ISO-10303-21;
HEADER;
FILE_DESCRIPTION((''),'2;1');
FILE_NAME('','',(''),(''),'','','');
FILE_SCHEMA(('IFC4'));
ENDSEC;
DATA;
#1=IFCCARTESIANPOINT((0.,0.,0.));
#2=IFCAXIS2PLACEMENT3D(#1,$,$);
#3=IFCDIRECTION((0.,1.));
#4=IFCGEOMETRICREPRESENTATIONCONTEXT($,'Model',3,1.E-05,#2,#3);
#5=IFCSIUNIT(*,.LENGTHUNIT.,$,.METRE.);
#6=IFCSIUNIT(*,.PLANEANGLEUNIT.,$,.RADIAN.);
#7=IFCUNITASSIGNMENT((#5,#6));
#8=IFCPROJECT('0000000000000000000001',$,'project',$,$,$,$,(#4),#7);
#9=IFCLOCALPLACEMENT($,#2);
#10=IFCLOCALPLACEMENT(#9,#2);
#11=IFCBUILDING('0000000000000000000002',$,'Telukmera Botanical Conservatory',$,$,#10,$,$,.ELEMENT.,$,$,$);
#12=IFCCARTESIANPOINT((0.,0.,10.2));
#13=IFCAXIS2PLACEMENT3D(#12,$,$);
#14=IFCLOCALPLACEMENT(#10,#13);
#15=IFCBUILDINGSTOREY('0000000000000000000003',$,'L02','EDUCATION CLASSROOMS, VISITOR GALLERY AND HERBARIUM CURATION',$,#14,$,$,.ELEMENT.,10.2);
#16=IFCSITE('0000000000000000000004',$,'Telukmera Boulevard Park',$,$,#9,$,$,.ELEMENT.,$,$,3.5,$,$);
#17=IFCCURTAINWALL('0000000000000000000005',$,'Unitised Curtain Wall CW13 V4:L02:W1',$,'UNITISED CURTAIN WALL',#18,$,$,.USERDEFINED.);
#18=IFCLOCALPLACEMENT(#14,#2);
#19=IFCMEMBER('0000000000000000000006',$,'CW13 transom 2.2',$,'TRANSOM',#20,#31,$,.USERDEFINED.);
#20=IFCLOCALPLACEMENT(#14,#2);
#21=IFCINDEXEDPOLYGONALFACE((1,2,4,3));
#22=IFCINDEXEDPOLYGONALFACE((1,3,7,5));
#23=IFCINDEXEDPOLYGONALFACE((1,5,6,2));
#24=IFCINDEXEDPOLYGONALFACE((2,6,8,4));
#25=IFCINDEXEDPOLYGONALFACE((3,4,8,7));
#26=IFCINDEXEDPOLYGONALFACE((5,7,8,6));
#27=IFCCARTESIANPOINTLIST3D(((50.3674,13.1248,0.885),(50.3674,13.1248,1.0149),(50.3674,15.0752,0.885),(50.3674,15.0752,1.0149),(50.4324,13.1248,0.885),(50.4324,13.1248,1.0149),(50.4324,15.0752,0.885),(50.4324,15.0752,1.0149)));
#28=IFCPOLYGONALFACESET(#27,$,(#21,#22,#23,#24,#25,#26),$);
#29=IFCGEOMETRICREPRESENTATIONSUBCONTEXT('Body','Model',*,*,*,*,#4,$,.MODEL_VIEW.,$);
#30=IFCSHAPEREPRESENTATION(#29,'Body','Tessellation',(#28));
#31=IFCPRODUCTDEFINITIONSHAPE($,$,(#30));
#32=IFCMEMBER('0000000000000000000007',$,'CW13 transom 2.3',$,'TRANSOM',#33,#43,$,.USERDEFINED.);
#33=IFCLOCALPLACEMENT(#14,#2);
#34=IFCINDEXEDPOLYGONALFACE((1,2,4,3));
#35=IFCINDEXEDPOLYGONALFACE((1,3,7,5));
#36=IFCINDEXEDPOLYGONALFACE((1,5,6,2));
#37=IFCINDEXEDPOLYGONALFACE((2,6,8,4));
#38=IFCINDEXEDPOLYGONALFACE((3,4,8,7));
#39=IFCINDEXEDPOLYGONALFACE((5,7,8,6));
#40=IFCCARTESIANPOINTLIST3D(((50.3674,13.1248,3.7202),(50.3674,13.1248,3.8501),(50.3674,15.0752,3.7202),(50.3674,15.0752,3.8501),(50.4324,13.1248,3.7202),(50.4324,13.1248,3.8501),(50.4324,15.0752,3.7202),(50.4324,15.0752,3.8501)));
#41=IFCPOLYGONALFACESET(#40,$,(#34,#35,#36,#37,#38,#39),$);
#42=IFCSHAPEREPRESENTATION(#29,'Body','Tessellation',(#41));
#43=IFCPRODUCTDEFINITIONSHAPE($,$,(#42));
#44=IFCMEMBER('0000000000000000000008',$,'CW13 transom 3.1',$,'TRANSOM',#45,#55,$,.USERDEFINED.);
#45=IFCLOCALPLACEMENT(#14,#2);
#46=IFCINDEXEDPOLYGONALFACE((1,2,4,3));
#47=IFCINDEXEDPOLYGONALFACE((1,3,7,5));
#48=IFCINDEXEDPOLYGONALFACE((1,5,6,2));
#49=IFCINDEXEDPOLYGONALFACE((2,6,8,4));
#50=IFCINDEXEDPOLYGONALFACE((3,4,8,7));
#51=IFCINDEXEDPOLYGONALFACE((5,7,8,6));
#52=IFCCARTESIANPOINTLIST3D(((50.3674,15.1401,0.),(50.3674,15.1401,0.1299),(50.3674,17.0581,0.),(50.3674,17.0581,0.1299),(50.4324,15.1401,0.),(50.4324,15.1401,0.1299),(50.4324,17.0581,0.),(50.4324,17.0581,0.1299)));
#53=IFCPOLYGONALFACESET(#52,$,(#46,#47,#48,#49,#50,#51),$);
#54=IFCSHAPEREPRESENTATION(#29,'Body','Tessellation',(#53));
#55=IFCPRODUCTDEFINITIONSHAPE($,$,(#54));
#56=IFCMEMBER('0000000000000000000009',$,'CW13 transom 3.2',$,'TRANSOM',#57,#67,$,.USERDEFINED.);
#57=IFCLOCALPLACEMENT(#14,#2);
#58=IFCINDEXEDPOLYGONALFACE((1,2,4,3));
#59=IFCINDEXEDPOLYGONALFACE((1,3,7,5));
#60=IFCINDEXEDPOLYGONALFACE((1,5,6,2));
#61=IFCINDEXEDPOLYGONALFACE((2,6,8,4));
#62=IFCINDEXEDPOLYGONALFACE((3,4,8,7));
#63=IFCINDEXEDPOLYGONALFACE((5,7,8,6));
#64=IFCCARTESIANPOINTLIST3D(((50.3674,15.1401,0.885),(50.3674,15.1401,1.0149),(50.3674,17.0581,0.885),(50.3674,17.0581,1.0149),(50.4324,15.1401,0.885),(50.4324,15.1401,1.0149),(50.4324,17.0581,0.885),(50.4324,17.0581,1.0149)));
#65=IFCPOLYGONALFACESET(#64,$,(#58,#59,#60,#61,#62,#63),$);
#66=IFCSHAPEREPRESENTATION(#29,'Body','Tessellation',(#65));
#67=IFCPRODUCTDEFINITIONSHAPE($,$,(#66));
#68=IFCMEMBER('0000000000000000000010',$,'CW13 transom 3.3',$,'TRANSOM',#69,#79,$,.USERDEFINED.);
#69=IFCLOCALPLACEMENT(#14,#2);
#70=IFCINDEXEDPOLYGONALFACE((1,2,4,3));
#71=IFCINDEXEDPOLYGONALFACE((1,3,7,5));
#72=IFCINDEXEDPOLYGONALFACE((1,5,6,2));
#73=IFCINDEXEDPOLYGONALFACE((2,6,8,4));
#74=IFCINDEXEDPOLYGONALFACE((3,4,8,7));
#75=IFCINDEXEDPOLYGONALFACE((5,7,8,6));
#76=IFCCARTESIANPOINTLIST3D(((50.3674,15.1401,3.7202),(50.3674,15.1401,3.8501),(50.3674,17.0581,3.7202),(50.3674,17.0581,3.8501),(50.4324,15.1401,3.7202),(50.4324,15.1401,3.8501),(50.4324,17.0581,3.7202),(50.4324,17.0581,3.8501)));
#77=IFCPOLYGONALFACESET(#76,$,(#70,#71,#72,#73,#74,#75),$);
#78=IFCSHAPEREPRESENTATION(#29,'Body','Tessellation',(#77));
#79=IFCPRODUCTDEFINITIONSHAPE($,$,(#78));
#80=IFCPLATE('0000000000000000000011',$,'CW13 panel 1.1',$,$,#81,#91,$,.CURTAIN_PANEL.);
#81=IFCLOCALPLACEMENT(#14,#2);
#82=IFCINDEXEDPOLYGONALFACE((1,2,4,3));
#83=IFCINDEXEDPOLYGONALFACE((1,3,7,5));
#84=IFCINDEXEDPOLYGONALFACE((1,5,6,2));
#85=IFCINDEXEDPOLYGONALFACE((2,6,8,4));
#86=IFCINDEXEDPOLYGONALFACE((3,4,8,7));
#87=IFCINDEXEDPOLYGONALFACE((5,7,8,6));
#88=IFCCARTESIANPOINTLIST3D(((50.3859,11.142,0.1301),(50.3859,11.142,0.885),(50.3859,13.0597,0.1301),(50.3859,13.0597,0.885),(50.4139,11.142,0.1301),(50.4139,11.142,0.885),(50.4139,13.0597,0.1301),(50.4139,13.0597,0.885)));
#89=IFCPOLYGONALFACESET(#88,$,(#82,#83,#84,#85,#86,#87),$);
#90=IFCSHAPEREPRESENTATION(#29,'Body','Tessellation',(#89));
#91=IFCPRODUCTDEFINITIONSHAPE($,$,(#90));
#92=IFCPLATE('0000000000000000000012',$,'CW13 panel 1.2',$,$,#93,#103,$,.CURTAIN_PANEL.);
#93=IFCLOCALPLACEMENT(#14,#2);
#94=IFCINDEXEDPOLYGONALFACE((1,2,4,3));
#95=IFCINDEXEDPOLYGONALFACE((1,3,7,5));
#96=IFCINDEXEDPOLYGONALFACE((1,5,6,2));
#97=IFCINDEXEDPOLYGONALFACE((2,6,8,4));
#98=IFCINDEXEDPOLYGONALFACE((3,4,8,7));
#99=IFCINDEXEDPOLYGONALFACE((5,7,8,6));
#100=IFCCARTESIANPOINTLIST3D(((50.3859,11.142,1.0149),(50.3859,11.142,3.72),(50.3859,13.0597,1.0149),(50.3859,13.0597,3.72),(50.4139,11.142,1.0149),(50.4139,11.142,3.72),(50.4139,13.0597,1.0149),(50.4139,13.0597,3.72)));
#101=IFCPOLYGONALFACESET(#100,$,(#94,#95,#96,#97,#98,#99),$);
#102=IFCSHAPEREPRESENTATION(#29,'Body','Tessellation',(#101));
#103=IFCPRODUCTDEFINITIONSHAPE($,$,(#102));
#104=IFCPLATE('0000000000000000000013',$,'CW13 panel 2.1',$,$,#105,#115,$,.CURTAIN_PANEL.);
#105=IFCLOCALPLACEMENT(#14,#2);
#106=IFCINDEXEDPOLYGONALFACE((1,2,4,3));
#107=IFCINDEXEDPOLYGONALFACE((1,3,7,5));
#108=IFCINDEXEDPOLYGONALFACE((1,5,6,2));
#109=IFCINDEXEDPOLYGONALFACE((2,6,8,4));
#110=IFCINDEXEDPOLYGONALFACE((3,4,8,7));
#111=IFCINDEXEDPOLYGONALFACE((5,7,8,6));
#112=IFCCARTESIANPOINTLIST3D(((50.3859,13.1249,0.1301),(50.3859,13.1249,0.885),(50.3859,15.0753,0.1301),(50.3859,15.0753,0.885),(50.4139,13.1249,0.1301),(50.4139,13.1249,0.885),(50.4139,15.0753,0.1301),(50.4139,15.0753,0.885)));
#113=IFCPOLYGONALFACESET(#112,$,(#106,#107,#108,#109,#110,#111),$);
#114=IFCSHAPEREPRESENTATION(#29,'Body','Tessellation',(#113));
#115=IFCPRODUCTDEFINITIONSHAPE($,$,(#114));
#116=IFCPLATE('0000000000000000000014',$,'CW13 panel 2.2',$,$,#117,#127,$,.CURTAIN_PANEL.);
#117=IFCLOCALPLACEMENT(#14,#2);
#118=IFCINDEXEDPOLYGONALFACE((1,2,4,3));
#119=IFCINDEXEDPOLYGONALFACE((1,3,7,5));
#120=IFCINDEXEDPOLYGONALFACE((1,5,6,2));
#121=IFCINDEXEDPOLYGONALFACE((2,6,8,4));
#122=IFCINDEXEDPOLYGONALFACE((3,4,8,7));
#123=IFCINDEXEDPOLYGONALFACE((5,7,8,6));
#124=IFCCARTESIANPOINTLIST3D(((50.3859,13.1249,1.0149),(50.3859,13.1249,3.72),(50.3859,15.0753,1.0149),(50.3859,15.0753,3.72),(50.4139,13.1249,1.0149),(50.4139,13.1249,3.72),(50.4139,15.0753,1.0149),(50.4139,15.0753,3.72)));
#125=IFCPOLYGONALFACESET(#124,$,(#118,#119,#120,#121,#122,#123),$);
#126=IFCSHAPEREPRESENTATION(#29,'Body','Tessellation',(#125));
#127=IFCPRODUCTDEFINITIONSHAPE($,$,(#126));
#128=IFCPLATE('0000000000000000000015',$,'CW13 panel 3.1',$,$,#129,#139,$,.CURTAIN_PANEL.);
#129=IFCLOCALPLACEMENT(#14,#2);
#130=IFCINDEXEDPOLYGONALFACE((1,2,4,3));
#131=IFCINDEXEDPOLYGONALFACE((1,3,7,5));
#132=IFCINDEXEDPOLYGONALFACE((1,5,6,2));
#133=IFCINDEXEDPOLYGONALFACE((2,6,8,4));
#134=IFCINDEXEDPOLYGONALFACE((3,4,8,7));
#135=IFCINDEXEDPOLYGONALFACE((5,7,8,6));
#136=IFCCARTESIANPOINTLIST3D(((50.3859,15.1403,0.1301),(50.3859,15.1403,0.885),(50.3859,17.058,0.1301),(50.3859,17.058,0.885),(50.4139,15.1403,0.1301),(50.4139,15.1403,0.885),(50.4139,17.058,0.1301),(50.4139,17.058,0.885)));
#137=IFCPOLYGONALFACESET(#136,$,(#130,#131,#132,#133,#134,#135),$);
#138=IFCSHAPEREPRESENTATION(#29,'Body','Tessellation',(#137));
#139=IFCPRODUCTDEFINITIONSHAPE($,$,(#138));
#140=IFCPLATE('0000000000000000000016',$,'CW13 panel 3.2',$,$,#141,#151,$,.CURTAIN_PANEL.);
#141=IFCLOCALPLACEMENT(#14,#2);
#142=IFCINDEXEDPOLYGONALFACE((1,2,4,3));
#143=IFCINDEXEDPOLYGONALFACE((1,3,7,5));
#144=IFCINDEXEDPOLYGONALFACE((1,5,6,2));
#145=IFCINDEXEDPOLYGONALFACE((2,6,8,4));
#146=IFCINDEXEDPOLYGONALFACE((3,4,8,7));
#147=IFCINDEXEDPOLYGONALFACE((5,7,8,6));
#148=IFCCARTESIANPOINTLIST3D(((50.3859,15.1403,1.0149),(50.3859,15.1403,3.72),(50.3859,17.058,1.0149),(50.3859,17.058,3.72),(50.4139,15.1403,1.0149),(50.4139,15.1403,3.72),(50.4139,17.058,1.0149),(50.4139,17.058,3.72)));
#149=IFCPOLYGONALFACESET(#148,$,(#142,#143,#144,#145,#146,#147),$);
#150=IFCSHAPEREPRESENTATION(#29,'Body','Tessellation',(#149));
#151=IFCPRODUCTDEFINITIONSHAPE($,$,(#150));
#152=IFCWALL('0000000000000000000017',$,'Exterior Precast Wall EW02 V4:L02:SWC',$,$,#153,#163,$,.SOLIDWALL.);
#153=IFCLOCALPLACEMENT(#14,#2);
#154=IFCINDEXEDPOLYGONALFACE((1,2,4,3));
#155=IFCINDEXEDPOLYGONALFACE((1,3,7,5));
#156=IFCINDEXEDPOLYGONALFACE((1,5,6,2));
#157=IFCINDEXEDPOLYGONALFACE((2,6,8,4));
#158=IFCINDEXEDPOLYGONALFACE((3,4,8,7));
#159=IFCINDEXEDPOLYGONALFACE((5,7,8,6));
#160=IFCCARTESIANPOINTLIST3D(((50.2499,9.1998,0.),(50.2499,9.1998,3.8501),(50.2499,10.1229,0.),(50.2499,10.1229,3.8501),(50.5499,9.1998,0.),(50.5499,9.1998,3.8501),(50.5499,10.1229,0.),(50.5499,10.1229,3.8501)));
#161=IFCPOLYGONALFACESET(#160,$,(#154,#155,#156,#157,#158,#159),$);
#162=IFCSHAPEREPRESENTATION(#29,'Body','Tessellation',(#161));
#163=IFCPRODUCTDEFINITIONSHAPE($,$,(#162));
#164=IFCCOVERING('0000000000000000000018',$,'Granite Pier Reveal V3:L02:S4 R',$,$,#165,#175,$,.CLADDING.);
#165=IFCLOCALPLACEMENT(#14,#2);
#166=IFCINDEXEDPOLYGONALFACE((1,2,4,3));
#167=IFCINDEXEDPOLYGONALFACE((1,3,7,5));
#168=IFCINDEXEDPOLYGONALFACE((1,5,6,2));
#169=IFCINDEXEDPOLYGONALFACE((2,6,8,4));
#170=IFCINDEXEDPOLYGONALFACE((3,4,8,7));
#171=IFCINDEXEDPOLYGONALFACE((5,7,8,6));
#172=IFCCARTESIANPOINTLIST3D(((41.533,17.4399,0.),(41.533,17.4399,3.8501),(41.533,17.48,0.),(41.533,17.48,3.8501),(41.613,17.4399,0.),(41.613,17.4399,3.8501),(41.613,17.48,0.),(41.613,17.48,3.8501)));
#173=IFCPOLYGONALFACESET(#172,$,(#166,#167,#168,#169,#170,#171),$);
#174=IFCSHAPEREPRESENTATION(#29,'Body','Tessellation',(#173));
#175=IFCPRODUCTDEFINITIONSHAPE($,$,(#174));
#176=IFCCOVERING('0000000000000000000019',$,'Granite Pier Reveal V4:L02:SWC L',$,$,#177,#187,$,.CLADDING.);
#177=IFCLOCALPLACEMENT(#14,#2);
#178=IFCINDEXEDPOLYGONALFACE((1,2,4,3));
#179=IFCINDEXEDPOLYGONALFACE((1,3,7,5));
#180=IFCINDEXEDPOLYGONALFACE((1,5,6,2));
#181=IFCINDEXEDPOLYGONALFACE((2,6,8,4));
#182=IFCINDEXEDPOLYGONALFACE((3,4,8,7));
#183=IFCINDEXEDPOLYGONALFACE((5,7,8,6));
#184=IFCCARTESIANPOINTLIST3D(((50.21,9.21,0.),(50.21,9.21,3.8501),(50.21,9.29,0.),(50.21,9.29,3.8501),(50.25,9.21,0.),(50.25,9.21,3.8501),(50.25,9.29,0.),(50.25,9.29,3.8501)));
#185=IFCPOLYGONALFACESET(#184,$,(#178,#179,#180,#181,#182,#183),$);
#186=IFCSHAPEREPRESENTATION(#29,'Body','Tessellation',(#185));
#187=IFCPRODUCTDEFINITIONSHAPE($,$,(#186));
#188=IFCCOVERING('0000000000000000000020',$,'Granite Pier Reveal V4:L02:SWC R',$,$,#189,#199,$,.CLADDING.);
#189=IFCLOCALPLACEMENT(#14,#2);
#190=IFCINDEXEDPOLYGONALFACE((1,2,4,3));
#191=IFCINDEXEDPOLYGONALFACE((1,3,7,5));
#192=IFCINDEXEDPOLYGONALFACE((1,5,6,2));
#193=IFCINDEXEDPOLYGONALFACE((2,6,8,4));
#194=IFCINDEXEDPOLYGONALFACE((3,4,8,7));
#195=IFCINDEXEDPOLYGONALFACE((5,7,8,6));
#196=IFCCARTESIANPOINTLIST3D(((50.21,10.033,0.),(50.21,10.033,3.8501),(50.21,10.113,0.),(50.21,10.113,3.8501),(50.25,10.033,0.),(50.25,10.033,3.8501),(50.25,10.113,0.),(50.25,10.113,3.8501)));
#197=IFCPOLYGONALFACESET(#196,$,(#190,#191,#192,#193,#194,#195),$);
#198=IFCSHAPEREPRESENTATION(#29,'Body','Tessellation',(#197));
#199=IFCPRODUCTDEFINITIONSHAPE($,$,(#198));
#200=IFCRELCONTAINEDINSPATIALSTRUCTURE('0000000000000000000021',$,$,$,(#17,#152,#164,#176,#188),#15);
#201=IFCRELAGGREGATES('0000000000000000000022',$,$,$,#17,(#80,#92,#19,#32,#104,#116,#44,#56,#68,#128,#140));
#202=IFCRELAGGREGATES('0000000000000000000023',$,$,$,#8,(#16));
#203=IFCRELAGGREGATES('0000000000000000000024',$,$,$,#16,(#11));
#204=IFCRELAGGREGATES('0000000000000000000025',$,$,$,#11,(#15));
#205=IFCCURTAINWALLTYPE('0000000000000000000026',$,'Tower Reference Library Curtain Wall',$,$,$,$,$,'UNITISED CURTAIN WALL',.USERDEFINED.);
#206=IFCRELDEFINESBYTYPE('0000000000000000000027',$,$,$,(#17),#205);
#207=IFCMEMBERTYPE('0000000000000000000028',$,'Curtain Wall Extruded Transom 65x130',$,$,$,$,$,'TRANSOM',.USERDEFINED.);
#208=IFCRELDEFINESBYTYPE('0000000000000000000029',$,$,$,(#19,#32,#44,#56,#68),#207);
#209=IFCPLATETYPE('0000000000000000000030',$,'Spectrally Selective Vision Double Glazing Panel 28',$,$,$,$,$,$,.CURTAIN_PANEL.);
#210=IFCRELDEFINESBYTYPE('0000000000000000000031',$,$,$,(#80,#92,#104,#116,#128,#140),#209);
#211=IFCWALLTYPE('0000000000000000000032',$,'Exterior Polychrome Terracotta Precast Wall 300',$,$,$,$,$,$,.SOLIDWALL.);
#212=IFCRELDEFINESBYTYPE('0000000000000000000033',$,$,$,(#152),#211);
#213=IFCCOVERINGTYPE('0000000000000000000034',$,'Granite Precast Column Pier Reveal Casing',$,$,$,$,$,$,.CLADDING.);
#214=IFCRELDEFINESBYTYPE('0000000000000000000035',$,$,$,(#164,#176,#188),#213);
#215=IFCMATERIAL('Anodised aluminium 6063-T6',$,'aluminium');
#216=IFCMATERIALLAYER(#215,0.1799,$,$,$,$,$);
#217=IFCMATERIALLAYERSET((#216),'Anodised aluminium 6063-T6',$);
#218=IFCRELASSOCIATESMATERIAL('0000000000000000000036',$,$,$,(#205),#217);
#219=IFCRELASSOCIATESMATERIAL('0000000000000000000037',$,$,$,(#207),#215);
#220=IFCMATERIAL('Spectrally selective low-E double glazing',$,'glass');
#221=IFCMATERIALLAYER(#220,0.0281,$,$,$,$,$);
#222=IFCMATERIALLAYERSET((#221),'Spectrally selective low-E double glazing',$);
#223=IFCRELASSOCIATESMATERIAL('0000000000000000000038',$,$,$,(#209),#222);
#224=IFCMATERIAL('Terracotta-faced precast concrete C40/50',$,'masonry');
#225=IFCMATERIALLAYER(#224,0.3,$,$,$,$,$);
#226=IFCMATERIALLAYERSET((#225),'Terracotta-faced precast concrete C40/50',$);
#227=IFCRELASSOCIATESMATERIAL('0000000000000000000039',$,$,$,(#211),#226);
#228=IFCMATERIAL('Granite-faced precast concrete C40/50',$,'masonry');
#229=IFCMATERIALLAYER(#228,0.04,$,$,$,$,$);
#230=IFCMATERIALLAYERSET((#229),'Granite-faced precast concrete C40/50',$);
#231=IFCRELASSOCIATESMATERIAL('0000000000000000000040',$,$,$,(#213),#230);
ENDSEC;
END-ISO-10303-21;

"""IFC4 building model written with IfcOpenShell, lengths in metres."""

from ifc_helpers import new_model, si_unit, direction, frame, frame_2d, origin, origin_2d, place, context, subcontext, project, spatial, rectangle, extrude, material, layer, layer_set, material_profile, profile_set, type_object, element, aggregate, save


model = new_model("IFC4")

# Units and contexts
model_context = context("Model", 3, precision=1e-05, world=origin(), true_north=direction((0.0, 1.0)))
body_context = subcontext(model_context, "Body", "Model", "MODEL_VIEW")
ifc_project = project(units=[si_unit("LENGTHUNIT", "METRE"), si_unit("PLANEANGLEUNIT", "RADIAN")], contexts=[model_context])

# Site, building, storey
site_placement = place(None, origin())
site = spatial("IfcSite", under=ifc_project, at=site_placement, Name="Telukmera Boulevard Park", CompositionType="ELEMENT", RefElevation=3.5)
building_placement = place(site_placement, origin())
building = spatial("IfcBuilding", under=site, at=building_placement, Name="Telukmera Botanical Conservatory", CompositionType="ELEMENT")
storey_placement = place(building_placement, frame((0.0, 0.0, 10.2)))
storey = spatial("IfcBuildingStorey", under=building, at=storey_placement, Name="L02", Description="EDUCATION CLASSROOMS, VISITOR GALLERY AND HERBARIUM CURATION", CompositionType="ELEMENT", Elevation=10.2)

# Curtain wall, members, plates
ifc_material_1 = material(Name="Anodised aluminium 6063-T6", Category="aluminium")
ifc_layer_1 = layer(ifc_material_1, 0.1799)
ifc_layer_set_1 = layer_set([ifc_layer_1], Name="Anodised aluminium 6063-T6")
curtain_wall_type = type_object("IfcCurtainWallType", Name="Tower Reference Library Curtain Wall", ElementType="UNITISED CURTAIN WALL", PredefinedType="USERDEFINED", material=ifc_layer_set_1)
curtain_wall_placement = place(storey_placement, origin())
curtain_wall = element("IfcCurtainWall", 1, at=curtain_wall_placement, inside=storey, type_object=curtain_wall_type, Name="Unitised Curtain Wall CW13 V4:L02:W1", ObjectType="UNITISED CURTAIN WALL", PredefinedType="USERDEFINED")
ifc_material_profile_1 = material_profile(ifc_material_1, rectangle(XDim=0.0649, YDim=0.1299, at=origin_2d()), Name="ALU TRAN 65x130")
ifc_profile_set_1 = profile_set([ifc_material_profile_1], Name="Anodised aluminium 6063-T6")
member_type_1 = type_object("IfcMemberType", Name="Curtain Wall Extruded Transom 65x130", ElementType="TRANSOM", PredefinedType="USERDEFINED", material=ifc_profile_set_1)
member_1_placement = place(storey_placement, frame((50.3999, 13.1248, 0.95), z_axis=(0.0, 1.0, 0.0), x_axis=(-1.0, 0.0, 0.0)))
member_1 = element("IfcMember", 2, at=member_1_placement, type_object=member_type_1, Name="CW13 transom 2.2", ObjectType="TRANSOM", PredefinedType="USERDEFINED", context=body_context, shape_type="SweptSolid", body=[
    extrude(rectangle(XDim=0.0649, YDim=0.1299, at=origin_2d()), origin(), (0.0, 0.0, 1.0), 1.9504),
])
member_2_placement = place(storey_placement, frame((50.3999, 13.1248, 3.7852), z_axis=(0.0, 1.0, 0.0), x_axis=(-1.0, 0.0, 0.0)))
member_2 = element("IfcMember", 3, at=member_2_placement, type_object=member_type_1, Name="CW13 transom 2.3", ObjectType="TRANSOM", PredefinedType="USERDEFINED", context=body_context, shape_type="SweptSolid", body=[
    extrude(rectangle(XDim=0.0649, YDim=0.1299, at=origin_2d()), origin(), (0.0, 0.0, 1.0), 1.9504),
])
member_3_placement = place(storey_placement, frame((50.3999, 15.1401, 0.0649), z_axis=(0.0, 1.0, 0.0), x_axis=(-1.0, 0.0, 0.0)))
member_3 = element("IfcMember", 4, at=member_3_placement, type_object=member_type_1, Name="CW13 transom 3.1", ObjectType="TRANSOM", PredefinedType="USERDEFINED", context=body_context, shape_type="SweptSolid", body=[
    extrude(rectangle(XDim=0.0649, YDim=0.1299, at=origin_2d()), origin(), (0.0, 0.0, 1.0), 1.918),
])
member_4_placement = place(storey_placement, frame((50.3999, 15.1401, 0.95), z_axis=(0.0, 1.0, 0.0), x_axis=(-1.0, 0.0, 0.0)))
member_4 = element("IfcMember", 5, at=member_4_placement, type_object=member_type_1, Name="CW13 transom 3.2", ObjectType="TRANSOM", PredefinedType="USERDEFINED", context=body_context, shape_type="SweptSolid", body=[
    extrude(rectangle(XDim=0.0649, YDim=0.1299, at=origin_2d()), origin(), (0.0, 0.0, 1.0), 1.918),
])
member_5_placement = place(storey_placement, frame((50.3999, 15.1401, 3.7852), z_axis=(0.0, 1.0, 0.0), x_axis=(-1.0, 0.0, 0.0)))
member_5 = element("IfcMember", 6, at=member_5_placement, type_object=member_type_1, Name="CW13 transom 3.3", ObjectType="TRANSOM", PredefinedType="USERDEFINED", context=body_context, shape_type="SweptSolid", body=[
    extrude(rectangle(XDim=0.0649, YDim=0.1299, at=origin_2d()), origin(), (0.0, 0.0, 1.0), 1.918),
])
ifc_material_2 = material(Name="Spectrally selective low-E double glazing", Category="glass")
ifc_layer_2 = layer(ifc_material_2, 0.0281)
ifc_layer_set_2 = layer_set([ifc_layer_2], Name="Spectrally selective low-E double glazing")
plate_type = type_object("IfcPlateType", Name="Spectrally Selective Vision Double Glazing Panel 28", PredefinedType="CURTAIN_PANEL", material=ifc_layer_set_2)
plate_1_placement = place(storey_placement, frame((50.3999, 12.1008, 0.1301), z_axis=(0.0, 0.0, 1.0), x_axis=(0.0, 1.0, 0.0)))
plate_1 = element("IfcPlate", 7, at=plate_1_placement, type_object=plate_type, Name="CW13 panel 1.1", PredefinedType="CURTAIN_PANEL", context=body_context, shape_type="SweptSolid", body=[
    extrude(rectangle(XDim=1.9177, YDim=0.0281, at=origin_2d()), origin(), (0.0, 0.0, 1.0), 0.7549),
])
plate_2_placement = place(storey_placement, frame((50.3999, 12.1008, 1.0149), z_axis=(0.0, 0.0, 1.0), x_axis=(0.0, 1.0, 0.0)))
plate_2 = element("IfcPlate", 8, at=plate_2_placement, type_object=plate_type, Name="CW13 panel 1.2", PredefinedType="CURTAIN_PANEL", context=body_context, shape_type="SweptSolid", body=[
    extrude(rectangle(XDim=1.9177, YDim=0.0281, at=origin_2d()), origin(), (0.0, 0.0, 1.0), 2.7051),
])
plate_3_placement = place(storey_placement, frame((50.3999, 14.1001, 0.1301), z_axis=(0.0, 0.0, 1.0), x_axis=(0.0, 1.0, 0.0)))
plate_3 = element("IfcPlate", 9, at=plate_3_placement, type_object=plate_type, Name="CW13 panel 2.1", PredefinedType="CURTAIN_PANEL", context=body_context, shape_type="SweptSolid", body=[
    extrude(rectangle(XDim=1.9504, YDim=0.0281, at=origin_2d()), origin(), (0.0, 0.0, 1.0), 0.7549),
])
plate_4_placement = place(storey_placement, frame((50.3999, 14.1001, 1.0149), z_axis=(0.0, 0.0, 1.0), x_axis=(0.0, 1.0, 0.0)))
plate_4 = element("IfcPlate", 10, at=plate_4_placement, type_object=plate_type, Name="CW13 panel 2.2", PredefinedType="CURTAIN_PANEL", context=body_context, shape_type="SweptSolid", body=[
    extrude(rectangle(XDim=1.9504, YDim=0.0281, at=origin_2d()), origin(), (0.0, 0.0, 1.0), 2.7051),
])
plate_5_placement = place(storey_placement, frame((50.3999, 16.0991, 0.1301), z_axis=(0.0, 0.0, 1.0), x_axis=(0.0, 1.0, 0.0)))
plate_5 = element("IfcPlate", 11, at=plate_5_placement, type_object=plate_type, Name="CW13 panel 3.1", PredefinedType="CURTAIN_PANEL", context=body_context, shape_type="SweptSolid", body=[
    extrude(rectangle(XDim=1.9177, YDim=0.0281, at=origin_2d()), origin(), (0.0, 0.0, 1.0), 0.7549),
])
plate_6_placement = place(storey_placement, frame((50.3999, 16.0991, 1.0149), z_axis=(0.0, 0.0, 1.0), x_axis=(0.0, 1.0, 0.0)))
plate_6 = element("IfcPlate", 12, at=plate_6_placement, type_object=plate_type, Name="CW13 panel 3.2", PredefinedType="CURTAIN_PANEL", context=body_context, shape_type="SweptSolid", body=[
    extrude(rectangle(XDim=1.9177, YDim=0.0281, at=origin_2d()), origin(), (0.0, 0.0, 1.0), 2.7051),
])
aggregate(curtain_wall, [plate_1, plate_2, member_1, member_2, plate_3, plate_4, member_3, member_4, member_5, plate_5, plate_6])

# Wall
ifc_material_3 = material(Name="Terracotta-faced precast concrete C40/50", Category="masonry")
ifc_layer_3 = layer(ifc_material_3, 0.3)
ifc_layer_set_3 = layer_set([ifc_layer_3], Name="Terracotta-faced precast concrete C40/50")
wall_type = type_object("IfcWallType", Name="Exterior Polychrome Terracotta Precast Wall 300", PredefinedType="SOLIDWALL", material=ifc_layer_set_3)
wall_placement = place(storey_placement, frame((50.3999, 9.2, 0.0), z_axis=(0.0, 0.0, 1.0), x_axis=(0.0, 1.0, 0.0)))
element("IfcWall", 13, at=wall_placement, inside=storey, type_object=wall_type, Name="Exterior Precast Wall EW02 V4:L02:SWC", PredefinedType="SOLIDWALL", context=body_context, shape_type="SweptSolid", body=[
    extrude(rectangle(XDim=0.9231, YDim=0.3, at=frame_2d((0.4614, 0.0))), origin(), (0.0, 0.0, 1.0), 3.8501),
])

# Coverings
ifc_material_4 = material(Name="Granite-faced precast concrete C40/50", Category="masonry")
ifc_layer_4 = layer(ifc_material_4, 0.04)
ifc_layer_set_4 = layer_set([ifc_layer_4], Name="Granite-faced precast concrete C40/50")
covering_type_1 = type_object("IfcCoveringType", Name="Granite Precast Column Pier Reveal Casing", PredefinedType="CLADDING", material=ifc_layer_set_4)
for number, where, z_axis, x_axis, name in (
    (14, (41.573, 17.46, 0.0), (0.0, 0.0, 1.0), (1.0, 0.0, 0.0), "Granite Pier Reveal V3:L02:S4 R"),
    (15, (50.23, 9.25, 0.0), (0.0, 0.0, 1.0), (0.0, 1.0, 0.0), "Granite Pier Reveal V4:L02:SWC L"),
    (16, (50.23, 10.073, 0.0), (0.0, 0.0, 1.0), (0.0, 1.0, 0.0), "Granite Pier Reveal V4:L02:SWC R"),
):
    element("IfcCovering", number, at=place(storey_placement, frame(where, z_axis=z_axis, x_axis=x_axis)), inside=storey, type_object=covering_type_1, Name=name, PredefinedType="CLADDING", context=body_context, shape_type="SweptSolid", body=[
        extrude(rectangle(XDim=0.0801, YDim=0.04, at=origin_2d()), origin(), (0.0, 0.0, 1.0), 3.8501),
    ])

save(model, "model.ifc")
